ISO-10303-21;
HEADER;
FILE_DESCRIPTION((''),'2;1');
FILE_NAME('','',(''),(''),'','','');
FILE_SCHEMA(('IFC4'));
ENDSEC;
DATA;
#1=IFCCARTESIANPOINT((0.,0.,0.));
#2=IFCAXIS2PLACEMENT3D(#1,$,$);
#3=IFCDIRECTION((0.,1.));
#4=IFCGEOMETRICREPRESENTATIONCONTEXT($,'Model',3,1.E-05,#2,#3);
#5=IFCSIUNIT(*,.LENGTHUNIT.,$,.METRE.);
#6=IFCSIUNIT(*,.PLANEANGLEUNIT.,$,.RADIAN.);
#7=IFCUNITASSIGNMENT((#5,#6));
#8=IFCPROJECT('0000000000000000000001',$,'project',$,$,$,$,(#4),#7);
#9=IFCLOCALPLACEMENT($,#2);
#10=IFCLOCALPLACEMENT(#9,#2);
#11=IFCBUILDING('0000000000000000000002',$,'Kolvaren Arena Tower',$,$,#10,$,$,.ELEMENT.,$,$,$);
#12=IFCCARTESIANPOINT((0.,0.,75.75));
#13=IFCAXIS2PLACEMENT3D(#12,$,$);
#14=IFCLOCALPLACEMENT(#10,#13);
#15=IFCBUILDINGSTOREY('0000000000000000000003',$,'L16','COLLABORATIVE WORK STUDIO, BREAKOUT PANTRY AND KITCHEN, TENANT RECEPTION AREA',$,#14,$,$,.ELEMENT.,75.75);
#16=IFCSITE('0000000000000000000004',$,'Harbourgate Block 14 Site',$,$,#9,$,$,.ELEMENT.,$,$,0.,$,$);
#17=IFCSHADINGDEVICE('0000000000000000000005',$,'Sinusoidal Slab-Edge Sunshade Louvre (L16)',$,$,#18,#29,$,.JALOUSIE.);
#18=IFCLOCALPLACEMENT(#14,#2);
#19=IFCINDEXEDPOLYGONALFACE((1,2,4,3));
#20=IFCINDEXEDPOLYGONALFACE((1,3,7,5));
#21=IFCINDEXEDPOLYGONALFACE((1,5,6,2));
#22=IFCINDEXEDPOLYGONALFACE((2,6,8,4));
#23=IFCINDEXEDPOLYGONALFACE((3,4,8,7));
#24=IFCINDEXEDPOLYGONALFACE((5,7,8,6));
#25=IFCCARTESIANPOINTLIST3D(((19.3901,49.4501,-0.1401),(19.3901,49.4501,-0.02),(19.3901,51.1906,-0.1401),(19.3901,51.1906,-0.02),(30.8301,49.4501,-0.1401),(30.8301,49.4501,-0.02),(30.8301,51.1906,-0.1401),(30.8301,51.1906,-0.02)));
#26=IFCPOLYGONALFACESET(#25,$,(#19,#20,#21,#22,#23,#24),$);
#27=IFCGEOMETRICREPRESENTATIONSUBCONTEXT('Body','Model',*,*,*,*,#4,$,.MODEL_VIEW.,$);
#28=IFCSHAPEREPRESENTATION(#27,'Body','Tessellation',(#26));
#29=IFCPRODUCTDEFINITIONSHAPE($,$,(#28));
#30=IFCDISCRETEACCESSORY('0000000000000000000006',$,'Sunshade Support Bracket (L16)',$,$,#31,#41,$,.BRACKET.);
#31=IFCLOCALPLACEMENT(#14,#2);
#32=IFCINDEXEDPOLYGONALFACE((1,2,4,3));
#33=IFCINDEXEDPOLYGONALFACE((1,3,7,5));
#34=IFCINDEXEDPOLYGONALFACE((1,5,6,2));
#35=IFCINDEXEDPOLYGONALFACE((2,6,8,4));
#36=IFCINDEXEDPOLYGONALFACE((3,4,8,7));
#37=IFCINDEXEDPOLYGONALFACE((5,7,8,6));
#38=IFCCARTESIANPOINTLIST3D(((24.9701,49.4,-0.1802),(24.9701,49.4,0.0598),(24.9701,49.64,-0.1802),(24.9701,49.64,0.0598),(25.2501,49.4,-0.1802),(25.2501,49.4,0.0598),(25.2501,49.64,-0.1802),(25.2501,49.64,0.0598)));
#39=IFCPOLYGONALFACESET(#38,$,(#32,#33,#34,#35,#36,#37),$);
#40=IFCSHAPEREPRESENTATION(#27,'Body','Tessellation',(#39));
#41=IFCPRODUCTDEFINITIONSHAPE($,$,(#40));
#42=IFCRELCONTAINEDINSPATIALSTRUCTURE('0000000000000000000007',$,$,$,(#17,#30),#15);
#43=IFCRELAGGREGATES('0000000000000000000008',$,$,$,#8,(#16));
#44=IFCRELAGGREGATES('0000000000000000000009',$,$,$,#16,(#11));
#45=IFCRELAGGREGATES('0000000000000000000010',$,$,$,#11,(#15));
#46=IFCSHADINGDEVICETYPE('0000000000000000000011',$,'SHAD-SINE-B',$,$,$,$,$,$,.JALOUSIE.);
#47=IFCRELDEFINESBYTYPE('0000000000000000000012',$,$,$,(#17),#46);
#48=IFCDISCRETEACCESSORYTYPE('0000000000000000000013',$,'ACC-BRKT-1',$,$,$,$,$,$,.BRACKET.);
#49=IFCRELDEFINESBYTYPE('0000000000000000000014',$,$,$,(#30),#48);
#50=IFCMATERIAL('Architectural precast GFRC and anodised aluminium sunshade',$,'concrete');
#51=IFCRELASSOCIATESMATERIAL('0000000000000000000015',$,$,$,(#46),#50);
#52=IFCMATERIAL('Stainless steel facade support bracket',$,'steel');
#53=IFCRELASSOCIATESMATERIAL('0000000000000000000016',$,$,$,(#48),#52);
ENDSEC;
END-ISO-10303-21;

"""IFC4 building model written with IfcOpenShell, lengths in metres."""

from ifc_helpers import new_model, si_unit, direction, frame, origin, origin_2d, place, context, subcontext, project, spatial, rectangle, extrude, material, type_object, element, save


model = new_model("IFC4")

# Units and contexts
model_context = context("Model", 3, precision=1e-05, world=origin(), true_north=direction((0.0, 1.0)))
body_context = subcontext(model_context, "Body", "Model", "MODEL_VIEW")
ifc_project = project(units=[si_unit("LENGTHUNIT", "METRE"), si_unit("PLANEANGLEUNIT", "RADIAN")], contexts=[model_context])

# Site, building, storey
site_placement = place(None, origin())
site = spatial("IfcSite", under=ifc_project, at=site_placement, Name="Harbourgate Block 14 Site", CompositionType="ELEMENT", RefElevation=0.0)
building_placement = place(site_placement, origin())
building = spatial("IfcBuilding", under=site, at=building_placement, Name="Kolvaren Arena Tower", CompositionType="ELEMENT")
storey_placement = place(building_placement, frame((0.0, 0.0, 75.75)))
storey = spatial("IfcBuildingStorey", under=building, at=storey_placement, Name="L16", Description="COLLABORATIVE WORK STUDIO, BREAKOUT PANTRY AND KITCHEN, TENANT RECEPTION AREA", CompositionType="ELEMENT", Elevation=75.75)

# Shading device
ifc_material_1 = material(Name="Architectural precast GFRC and anodised aluminium sunshade", Category="concrete")
shading_device_type = type_object("IfcShadingDeviceType", Name="SHAD-SINE-B", PredefinedType="JALOUSIE", material=ifc_material_1)
shading_device_placement = place(storey_placement, frame((25.1101, 50.3203, -0.1401), z_axis=(0.0, 0.0, 1.0), x_axis=(1.0, 0.0, 0.0)))
element("IfcShadingDevice", 1, at=shading_device_placement, inside=storey, type_object=shading_device_type, Name="Sinusoidal Slab-Edge Sunshade Louvre (L16)", PredefinedType="JALOUSIE", context=body_context, shape_type="SweptSolid", body=[
    extrude(rectangle(XDim=11.4399, YDim=1.7405, at=origin_2d()), origin(), (0.0, 0.0, 1.0), 0.1201),
])

# Discrete accessory
ifc_material_2 = material(Name="Stainless steel facade support bracket", Category="steel")
discrete_accessory_type = type_object("IfcDiscreteAccessoryType", Name="ACC-BRKT-1", PredefinedType="BRACKET", material=ifc_material_2)
discrete_accessory_placement = place(storey_placement, frame((25.1101, 49.52, -0.1802), z_axis=(0.0, 0.0, 1.0), x_axis=(1.0, 0.0, 0.0)))
element("IfcDiscreteAccessory", 2, at=discrete_accessory_placement, inside=storey, type_object=discrete_accessory_type, Name="Sunshade Support Bracket (L16)", PredefinedType="BRACKET", context=body_context, shape_type="SweptSolid", body=[
    extrude(rectangle(XDim=0.28, YDim=0.24, at=origin_2d()), origin(), (0.0, 0.0, 1.0), 0.24),
])

save(model, "model.ifc")
